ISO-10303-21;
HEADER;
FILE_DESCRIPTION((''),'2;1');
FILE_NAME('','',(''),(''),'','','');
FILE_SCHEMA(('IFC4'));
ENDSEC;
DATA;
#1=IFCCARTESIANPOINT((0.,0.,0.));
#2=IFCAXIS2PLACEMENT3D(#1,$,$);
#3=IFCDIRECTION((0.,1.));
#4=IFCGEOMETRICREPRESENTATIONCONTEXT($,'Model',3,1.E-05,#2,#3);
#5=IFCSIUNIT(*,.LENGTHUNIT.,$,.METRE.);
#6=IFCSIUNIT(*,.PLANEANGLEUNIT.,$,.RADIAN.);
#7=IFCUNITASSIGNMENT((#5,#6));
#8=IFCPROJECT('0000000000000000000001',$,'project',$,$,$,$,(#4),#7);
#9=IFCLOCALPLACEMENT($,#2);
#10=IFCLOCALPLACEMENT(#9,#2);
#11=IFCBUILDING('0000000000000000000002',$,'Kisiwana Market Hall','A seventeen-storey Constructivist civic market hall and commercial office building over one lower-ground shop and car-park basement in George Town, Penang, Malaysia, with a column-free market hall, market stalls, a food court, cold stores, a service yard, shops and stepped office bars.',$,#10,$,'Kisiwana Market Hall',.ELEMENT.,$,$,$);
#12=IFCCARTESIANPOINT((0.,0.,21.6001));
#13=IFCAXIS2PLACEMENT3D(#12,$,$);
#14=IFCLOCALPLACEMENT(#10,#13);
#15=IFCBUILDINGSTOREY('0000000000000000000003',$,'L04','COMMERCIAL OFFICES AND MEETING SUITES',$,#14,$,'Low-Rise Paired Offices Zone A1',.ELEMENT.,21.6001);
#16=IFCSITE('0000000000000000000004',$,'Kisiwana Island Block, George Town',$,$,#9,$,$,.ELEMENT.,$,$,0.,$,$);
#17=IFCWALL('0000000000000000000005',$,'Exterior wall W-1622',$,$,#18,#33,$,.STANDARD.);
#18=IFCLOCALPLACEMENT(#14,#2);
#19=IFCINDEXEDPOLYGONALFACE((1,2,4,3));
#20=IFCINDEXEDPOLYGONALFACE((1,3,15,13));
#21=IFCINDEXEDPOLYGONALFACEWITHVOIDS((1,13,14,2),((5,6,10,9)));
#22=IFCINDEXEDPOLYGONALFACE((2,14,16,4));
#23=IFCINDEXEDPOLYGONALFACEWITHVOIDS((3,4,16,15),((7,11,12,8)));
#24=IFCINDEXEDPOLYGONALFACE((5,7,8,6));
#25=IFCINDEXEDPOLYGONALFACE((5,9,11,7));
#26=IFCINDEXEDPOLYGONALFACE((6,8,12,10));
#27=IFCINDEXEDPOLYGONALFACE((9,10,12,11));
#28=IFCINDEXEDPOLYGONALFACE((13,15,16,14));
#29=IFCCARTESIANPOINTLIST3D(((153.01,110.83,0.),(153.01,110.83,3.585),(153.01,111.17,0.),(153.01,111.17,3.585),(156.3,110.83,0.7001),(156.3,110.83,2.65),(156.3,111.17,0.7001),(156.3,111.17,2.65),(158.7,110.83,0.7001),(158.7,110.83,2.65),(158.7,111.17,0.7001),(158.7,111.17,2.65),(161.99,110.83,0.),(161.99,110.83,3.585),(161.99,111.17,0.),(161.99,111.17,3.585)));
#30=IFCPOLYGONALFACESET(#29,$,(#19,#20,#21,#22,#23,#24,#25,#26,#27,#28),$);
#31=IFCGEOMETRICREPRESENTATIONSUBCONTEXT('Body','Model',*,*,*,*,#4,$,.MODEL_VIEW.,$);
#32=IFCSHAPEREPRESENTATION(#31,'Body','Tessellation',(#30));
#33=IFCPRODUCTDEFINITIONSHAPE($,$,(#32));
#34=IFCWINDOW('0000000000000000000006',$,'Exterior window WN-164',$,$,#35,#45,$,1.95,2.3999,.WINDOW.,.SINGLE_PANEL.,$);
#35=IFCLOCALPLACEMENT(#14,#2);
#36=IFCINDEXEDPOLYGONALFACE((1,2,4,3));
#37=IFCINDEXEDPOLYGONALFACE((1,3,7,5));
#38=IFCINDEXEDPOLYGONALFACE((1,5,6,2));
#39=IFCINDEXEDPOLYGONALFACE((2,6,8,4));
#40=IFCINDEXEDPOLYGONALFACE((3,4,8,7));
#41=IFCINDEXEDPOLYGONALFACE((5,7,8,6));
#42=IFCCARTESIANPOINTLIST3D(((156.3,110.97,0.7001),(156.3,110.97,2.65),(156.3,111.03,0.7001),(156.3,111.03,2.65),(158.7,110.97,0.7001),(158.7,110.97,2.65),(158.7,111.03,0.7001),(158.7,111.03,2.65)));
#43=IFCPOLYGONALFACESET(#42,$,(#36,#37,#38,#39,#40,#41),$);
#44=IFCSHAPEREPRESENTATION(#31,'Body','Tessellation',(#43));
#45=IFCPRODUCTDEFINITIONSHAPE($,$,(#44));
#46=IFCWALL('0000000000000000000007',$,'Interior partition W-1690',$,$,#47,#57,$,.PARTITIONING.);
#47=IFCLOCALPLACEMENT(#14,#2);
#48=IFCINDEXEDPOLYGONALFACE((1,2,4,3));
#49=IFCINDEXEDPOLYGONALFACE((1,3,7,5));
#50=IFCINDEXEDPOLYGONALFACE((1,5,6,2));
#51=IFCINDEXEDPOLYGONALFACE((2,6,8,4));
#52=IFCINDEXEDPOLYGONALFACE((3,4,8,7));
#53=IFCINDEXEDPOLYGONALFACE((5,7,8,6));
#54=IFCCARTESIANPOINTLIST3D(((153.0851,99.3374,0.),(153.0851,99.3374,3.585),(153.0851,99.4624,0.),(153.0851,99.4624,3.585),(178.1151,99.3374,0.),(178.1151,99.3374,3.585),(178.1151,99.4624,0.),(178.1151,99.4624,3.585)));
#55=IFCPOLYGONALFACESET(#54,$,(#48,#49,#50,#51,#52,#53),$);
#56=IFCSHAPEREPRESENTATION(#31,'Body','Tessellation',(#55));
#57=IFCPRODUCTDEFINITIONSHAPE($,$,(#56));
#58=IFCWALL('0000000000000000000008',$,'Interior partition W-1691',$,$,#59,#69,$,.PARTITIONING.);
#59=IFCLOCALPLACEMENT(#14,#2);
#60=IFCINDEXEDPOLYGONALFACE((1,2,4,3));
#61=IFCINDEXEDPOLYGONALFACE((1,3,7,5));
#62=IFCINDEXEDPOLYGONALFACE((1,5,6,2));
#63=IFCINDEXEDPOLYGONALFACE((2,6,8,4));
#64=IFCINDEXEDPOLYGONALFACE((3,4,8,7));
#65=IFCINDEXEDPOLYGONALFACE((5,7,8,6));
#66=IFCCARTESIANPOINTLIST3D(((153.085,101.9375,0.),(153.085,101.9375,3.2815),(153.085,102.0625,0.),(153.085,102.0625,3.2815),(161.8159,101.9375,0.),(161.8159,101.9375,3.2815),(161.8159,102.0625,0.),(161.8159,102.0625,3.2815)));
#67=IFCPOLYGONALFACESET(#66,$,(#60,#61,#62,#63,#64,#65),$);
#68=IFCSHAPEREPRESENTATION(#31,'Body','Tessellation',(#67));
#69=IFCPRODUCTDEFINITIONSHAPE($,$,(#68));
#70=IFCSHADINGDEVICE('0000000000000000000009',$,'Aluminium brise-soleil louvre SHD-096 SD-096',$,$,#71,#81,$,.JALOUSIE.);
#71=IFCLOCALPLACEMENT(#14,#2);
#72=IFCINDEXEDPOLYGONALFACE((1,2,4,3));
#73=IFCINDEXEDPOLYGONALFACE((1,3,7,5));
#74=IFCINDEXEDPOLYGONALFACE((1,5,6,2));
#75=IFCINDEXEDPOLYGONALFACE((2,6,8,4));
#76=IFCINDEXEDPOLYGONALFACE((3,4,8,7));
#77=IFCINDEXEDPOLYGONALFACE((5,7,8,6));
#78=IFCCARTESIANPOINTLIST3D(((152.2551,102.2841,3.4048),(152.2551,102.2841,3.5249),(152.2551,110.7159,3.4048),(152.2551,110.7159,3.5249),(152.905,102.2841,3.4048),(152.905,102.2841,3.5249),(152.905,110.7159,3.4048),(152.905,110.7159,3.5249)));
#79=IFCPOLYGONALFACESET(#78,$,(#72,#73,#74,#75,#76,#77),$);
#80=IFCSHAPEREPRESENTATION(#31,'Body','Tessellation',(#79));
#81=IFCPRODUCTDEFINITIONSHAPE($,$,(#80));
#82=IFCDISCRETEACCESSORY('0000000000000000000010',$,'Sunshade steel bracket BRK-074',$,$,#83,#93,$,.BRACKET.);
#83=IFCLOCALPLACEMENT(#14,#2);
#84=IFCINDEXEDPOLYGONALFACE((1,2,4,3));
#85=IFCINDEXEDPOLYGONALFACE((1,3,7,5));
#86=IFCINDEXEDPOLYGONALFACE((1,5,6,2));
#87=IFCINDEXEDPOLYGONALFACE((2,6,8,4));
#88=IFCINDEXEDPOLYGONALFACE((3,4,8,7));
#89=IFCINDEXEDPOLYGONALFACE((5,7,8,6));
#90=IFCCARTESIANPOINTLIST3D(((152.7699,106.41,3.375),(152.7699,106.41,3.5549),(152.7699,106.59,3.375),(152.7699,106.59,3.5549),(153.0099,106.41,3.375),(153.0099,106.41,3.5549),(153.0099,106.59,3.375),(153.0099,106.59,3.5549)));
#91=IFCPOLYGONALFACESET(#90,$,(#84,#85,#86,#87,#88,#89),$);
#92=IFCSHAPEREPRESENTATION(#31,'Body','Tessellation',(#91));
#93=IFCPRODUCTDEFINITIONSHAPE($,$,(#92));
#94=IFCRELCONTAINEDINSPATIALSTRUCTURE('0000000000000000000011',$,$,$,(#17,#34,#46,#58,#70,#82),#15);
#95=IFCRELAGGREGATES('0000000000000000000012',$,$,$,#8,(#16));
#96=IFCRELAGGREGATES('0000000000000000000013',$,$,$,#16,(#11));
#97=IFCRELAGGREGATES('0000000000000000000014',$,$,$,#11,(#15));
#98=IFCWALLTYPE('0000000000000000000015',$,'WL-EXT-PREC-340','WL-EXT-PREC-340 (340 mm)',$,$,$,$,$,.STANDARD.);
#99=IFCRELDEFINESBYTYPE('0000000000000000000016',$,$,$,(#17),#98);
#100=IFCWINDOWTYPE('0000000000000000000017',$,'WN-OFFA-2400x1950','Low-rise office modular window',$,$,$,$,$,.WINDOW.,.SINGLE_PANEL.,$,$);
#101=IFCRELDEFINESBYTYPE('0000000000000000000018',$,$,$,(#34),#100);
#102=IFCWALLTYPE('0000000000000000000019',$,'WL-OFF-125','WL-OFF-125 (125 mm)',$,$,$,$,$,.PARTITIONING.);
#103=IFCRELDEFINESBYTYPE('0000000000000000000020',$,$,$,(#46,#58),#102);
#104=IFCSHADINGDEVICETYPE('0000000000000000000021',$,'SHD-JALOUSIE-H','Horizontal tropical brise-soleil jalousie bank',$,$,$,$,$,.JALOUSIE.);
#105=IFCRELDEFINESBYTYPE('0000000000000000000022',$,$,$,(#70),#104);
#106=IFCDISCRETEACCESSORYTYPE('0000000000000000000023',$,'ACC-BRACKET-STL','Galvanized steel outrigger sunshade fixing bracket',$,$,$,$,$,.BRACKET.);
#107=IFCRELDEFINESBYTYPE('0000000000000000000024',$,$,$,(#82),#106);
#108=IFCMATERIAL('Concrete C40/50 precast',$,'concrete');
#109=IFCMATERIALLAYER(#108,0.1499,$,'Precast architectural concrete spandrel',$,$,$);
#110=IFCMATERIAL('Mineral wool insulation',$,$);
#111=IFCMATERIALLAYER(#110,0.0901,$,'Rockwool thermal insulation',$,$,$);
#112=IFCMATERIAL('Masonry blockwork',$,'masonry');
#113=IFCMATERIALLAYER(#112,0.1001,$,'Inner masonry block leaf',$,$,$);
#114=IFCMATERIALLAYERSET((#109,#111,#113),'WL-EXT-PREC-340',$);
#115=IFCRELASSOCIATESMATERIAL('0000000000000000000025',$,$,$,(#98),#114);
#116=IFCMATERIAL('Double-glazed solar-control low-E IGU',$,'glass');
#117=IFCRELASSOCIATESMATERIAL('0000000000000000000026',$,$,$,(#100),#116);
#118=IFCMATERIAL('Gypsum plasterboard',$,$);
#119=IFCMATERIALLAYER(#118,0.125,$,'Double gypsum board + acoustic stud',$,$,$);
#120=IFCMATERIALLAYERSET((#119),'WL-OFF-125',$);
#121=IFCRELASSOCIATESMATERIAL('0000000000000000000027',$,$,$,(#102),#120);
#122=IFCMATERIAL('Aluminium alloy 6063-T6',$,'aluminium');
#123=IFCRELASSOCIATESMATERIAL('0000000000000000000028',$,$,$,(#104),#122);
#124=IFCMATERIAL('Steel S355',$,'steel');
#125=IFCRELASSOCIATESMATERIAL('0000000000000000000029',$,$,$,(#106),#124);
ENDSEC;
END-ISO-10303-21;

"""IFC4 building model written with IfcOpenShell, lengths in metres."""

from ifc_helpers import new_model, si_unit, direction, frame, frame_2d, origin, origin_2d, place, context, subcontext, project, spatial, rectangle, extrude, material, layer, layer_set, type_object, element, fill, save


model = new_model("IFC4")

# Units and contexts
model_context = context("Model", 3, precision=1e-05, world=origin(), true_north=direction((0.0, 1.0)))
body_context = subcontext(model_context, "Body", "Model", "MODEL_VIEW")
ifc_project = project(units=[si_unit("LENGTHUNIT", "METRE"), si_unit("PLANEANGLEUNIT", "RADIAN")], contexts=[model_context])

# Site, building, storey
site_placement = place(None, origin())
site = spatial("IfcSite", under=ifc_project, at=site_placement, Name="Kisiwana Island Block, George Town", CompositionType="ELEMENT", RefElevation=0.0)
building_placement = place(site_placement, origin())
building = spatial("IfcBuilding", under=site, at=building_placement, Name="Kisiwana Market Hall", Description="A seventeen-storey Constructivist civic market hall and commercial office building over one lower-ground shop and car-park basement in George Town, Penang, Malaysia, with a column-free market hall, market stalls, a food court, cold stores, a service yard, shops and stepped office bars.", LongName="Kisiwana Market Hall", CompositionType="ELEMENT")
storey_placement = place(building_placement, frame((0.0, 0.0, 21.6001)))
storey = spatial("IfcBuildingStorey", under=building, at=storey_placement, Name="L04", Description="COMMERCIAL OFFICES AND MEETING SUITES", LongName="Low-Rise Paired Offices Zone A1", CompositionType="ELEMENT", Elevation=21.6001)

# Wall, opening, window
ifc_material_1 = material(Name="Concrete C40/50 precast", Category="concrete")
ifc_layer_1 = layer(ifc_material_1, 0.1499, Name="Precast architectural concrete spandrel")
ifc_material_2 = material(Name="Mineral wool insulation")
ifc_layer_2 = layer(ifc_material_2, 0.0901, Name="Rockwool thermal insulation")
ifc_material_3 = material(Name="Masonry blockwork", Category="masonry")
ifc_layer_3 = layer(ifc_material_3, 0.1001, Name="Inner masonry block leaf")
ifc_layer_set_1 = layer_set([ifc_layer_1, ifc_layer_2, ifc_layer_3], Name="WL-EXT-PREC-340")
wall_type_1 = type_object("IfcWallType", Name="WL-EXT-PREC-340", Description="WL-EXT-PREC-340 (340 mm)", PredefinedType="STANDARD", material=ifc_layer_set_1)
wall_1_placement = place(storey_placement, frame((153.01, 111.0, 0.0), z_axis=(0.0, 0.0, 1.0), x_axis=(1.0, 0.0, 0.0)))
wall_1 = element("IfcWall", 1, at=wall_1_placement, inside=storey, type_object=wall_type_1, Name="Exterior wall W-1622", PredefinedType="STANDARD", context=body_context, shape_type="SweptSolid", body=[
    extrude(rectangle(XDim=8.98, YDim=0.3401, at=frame_2d((4.49, 0.0))), origin(), (0.0, 0.0, 1.0), 3.585),
])
opening_1_placement = place(wall_1_placement, frame((3.29, 0.0, 0.7)))
opening_1 = element("IfcOpeningElement", 2, at=opening_1_placement, cuts=wall_1, PredefinedType="OPENING", context=body_context, shape_type="SweptSolid", body=[
    extrude(rectangle(XDim=2.3999, YDim=1.95, at=frame_2d((1.2, 0.9751))), frame((0.0, 0.1821, 0.0), z_axis=(0.0, -1.0, 0.0), x_axis=(1.0, 0.0, 0.0)), (0.0, 0.0, 1.0), 0.364),
])
ifc_material_4 = material(Name="Double-glazed solar-control low-E IGU", Category="glass")
window_type = type_object("IfcWindowType", Name="WN-OFFA-2400x1950", Description="Low-rise office modular window", PartitioningType="SINGLE_PANEL", PredefinedType="WINDOW", material=ifc_material_4)
window_placement = place(opening_1_placement, origin())
window = element("IfcWindow", 3, at=window_placement, inside=storey, type_object=window_type, Name="Exterior window WN-164", OverallHeight=1.95, OverallWidth=2.3999, PartitioningType="SINGLE_PANEL", PredefinedType="WINDOW", context=body_context, shape_type="SweptSolid", body=[
    extrude(rectangle(XDim=2.3999, YDim=1.95, at=frame_2d((1.2, 0.9751))), frame((0.0, 0.03, 0.0), z_axis=(0.0, -1.0, 0.0), x_axis=(1.0, 0.0, 0.0)), (0.0, 0.0, 1.0), 0.0601),
])
fill(opening_1, window)

# Walls
ifc_material_5 = material(Name="Gypsum plasterboard")
ifc_layer_4 = layer(ifc_material_5, 0.125, Name="Double gypsum board + acoustic stud")
ifc_layer_set_2 = layer_set([ifc_layer_4], Name="WL-OFF-125")
wall_type_2 = type_object("IfcWallType", Name="WL-OFF-125", Description="WL-OFF-125 (125 mm)", PredefinedType="PARTITIONING", material=ifc_layer_set_2)
wall_2_placement = place(storey_placement, frame((153.085, 99.3999, 0.0), z_axis=(0.0, 0.0, 1.0), x_axis=(1.0, 0.0, 0.0)))
element("IfcWall", 4, at=wall_2_placement, inside=storey, type_object=wall_type_2, Name="Interior partition W-1690", PredefinedType="PARTITIONING", context=body_context, shape_type="SweptSolid", body=[
    extrude(rectangle(XDim=25.03, YDim=0.125, at=frame_2d((12.5151, 0.0))), origin(), (0.0, 0.0, 1.0), 3.585),
])
wall_3_placement = place(storey_placement, frame((153.085, 102.0, 0.0), z_axis=(0.0, 0.0, 1.0), x_axis=(1.0, 0.0, 0.0)))
element("IfcWall", 5, at=wall_3_placement, inside=storey, type_object=wall_type_2, Name="Interior partition W-1691", PredefinedType="PARTITIONING", context=body_context, shape_type="SweptSolid", body=[
    extrude(rectangle(XDim=8.731, YDim=0.125, at=frame_2d((4.3655, 0.0))), origin(), (0.0, 0.0, 1.0), 3.2815),
])

# Shading device
ifc_material_6 = material(Name="Aluminium alloy 6063-T6", Category="aluminium")
shading_device_type = type_object("IfcShadingDeviceType", Name="SHD-JALOUSIE-H", Description="Horizontal tropical brise-soleil jalousie bank", PredefinedType="JALOUSIE", material=ifc_material_6)
shading_device_placement = place(storey_placement, frame((152.5801, 106.5, 3.4048), z_axis=(0.0, 0.0, 1.0), x_axis=(0.0, 1.0, 0.0)))
element("IfcShadingDevice", 6, at=shading_device_placement, inside=storey, type_object=shading_device_type, Name="Aluminium brise-soleil louvre SHD-096 SD-096", PredefinedType="JALOUSIE", context=body_context, shape_type="SweptSolid", body=[
    extrude(rectangle(XDim=8.4319, YDim=0.6499, at=origin_2d()), origin(), (0.0, 0.0, 1.0), 0.1201),
])

# Discrete accessory
ifc_material_7 = material(Name="Steel S355", Category="steel")
discrete_accessory_type = type_object("IfcDiscreteAccessoryType", Name="ACC-BRACKET-STL", Description="Galvanized steel outrigger sunshade fixing bracket", PredefinedType="BRACKET", material=ifc_material_7)
discrete_accessory_placement = place(storey_placement, frame((152.8899, 106.5, 3.375), z_axis=(0.0, 0.0, 1.0), x_axis=(0.0, 1.0, 0.0)))
element("IfcDiscreteAccessory", 7, at=discrete_accessory_placement, inside=storey, type_object=discrete_accessory_type, Name="Sunshade steel bracket BRK-074", PredefinedType="BRACKET", context=body_context, shape_type="SweptSolid", body=[
    extrude(rectangle(XDim=0.1799, YDim=0.24, at=origin_2d()), origin(), (0.0, 0.0, 1.0), 0.1799),
])

save(model, "model.ifc")
